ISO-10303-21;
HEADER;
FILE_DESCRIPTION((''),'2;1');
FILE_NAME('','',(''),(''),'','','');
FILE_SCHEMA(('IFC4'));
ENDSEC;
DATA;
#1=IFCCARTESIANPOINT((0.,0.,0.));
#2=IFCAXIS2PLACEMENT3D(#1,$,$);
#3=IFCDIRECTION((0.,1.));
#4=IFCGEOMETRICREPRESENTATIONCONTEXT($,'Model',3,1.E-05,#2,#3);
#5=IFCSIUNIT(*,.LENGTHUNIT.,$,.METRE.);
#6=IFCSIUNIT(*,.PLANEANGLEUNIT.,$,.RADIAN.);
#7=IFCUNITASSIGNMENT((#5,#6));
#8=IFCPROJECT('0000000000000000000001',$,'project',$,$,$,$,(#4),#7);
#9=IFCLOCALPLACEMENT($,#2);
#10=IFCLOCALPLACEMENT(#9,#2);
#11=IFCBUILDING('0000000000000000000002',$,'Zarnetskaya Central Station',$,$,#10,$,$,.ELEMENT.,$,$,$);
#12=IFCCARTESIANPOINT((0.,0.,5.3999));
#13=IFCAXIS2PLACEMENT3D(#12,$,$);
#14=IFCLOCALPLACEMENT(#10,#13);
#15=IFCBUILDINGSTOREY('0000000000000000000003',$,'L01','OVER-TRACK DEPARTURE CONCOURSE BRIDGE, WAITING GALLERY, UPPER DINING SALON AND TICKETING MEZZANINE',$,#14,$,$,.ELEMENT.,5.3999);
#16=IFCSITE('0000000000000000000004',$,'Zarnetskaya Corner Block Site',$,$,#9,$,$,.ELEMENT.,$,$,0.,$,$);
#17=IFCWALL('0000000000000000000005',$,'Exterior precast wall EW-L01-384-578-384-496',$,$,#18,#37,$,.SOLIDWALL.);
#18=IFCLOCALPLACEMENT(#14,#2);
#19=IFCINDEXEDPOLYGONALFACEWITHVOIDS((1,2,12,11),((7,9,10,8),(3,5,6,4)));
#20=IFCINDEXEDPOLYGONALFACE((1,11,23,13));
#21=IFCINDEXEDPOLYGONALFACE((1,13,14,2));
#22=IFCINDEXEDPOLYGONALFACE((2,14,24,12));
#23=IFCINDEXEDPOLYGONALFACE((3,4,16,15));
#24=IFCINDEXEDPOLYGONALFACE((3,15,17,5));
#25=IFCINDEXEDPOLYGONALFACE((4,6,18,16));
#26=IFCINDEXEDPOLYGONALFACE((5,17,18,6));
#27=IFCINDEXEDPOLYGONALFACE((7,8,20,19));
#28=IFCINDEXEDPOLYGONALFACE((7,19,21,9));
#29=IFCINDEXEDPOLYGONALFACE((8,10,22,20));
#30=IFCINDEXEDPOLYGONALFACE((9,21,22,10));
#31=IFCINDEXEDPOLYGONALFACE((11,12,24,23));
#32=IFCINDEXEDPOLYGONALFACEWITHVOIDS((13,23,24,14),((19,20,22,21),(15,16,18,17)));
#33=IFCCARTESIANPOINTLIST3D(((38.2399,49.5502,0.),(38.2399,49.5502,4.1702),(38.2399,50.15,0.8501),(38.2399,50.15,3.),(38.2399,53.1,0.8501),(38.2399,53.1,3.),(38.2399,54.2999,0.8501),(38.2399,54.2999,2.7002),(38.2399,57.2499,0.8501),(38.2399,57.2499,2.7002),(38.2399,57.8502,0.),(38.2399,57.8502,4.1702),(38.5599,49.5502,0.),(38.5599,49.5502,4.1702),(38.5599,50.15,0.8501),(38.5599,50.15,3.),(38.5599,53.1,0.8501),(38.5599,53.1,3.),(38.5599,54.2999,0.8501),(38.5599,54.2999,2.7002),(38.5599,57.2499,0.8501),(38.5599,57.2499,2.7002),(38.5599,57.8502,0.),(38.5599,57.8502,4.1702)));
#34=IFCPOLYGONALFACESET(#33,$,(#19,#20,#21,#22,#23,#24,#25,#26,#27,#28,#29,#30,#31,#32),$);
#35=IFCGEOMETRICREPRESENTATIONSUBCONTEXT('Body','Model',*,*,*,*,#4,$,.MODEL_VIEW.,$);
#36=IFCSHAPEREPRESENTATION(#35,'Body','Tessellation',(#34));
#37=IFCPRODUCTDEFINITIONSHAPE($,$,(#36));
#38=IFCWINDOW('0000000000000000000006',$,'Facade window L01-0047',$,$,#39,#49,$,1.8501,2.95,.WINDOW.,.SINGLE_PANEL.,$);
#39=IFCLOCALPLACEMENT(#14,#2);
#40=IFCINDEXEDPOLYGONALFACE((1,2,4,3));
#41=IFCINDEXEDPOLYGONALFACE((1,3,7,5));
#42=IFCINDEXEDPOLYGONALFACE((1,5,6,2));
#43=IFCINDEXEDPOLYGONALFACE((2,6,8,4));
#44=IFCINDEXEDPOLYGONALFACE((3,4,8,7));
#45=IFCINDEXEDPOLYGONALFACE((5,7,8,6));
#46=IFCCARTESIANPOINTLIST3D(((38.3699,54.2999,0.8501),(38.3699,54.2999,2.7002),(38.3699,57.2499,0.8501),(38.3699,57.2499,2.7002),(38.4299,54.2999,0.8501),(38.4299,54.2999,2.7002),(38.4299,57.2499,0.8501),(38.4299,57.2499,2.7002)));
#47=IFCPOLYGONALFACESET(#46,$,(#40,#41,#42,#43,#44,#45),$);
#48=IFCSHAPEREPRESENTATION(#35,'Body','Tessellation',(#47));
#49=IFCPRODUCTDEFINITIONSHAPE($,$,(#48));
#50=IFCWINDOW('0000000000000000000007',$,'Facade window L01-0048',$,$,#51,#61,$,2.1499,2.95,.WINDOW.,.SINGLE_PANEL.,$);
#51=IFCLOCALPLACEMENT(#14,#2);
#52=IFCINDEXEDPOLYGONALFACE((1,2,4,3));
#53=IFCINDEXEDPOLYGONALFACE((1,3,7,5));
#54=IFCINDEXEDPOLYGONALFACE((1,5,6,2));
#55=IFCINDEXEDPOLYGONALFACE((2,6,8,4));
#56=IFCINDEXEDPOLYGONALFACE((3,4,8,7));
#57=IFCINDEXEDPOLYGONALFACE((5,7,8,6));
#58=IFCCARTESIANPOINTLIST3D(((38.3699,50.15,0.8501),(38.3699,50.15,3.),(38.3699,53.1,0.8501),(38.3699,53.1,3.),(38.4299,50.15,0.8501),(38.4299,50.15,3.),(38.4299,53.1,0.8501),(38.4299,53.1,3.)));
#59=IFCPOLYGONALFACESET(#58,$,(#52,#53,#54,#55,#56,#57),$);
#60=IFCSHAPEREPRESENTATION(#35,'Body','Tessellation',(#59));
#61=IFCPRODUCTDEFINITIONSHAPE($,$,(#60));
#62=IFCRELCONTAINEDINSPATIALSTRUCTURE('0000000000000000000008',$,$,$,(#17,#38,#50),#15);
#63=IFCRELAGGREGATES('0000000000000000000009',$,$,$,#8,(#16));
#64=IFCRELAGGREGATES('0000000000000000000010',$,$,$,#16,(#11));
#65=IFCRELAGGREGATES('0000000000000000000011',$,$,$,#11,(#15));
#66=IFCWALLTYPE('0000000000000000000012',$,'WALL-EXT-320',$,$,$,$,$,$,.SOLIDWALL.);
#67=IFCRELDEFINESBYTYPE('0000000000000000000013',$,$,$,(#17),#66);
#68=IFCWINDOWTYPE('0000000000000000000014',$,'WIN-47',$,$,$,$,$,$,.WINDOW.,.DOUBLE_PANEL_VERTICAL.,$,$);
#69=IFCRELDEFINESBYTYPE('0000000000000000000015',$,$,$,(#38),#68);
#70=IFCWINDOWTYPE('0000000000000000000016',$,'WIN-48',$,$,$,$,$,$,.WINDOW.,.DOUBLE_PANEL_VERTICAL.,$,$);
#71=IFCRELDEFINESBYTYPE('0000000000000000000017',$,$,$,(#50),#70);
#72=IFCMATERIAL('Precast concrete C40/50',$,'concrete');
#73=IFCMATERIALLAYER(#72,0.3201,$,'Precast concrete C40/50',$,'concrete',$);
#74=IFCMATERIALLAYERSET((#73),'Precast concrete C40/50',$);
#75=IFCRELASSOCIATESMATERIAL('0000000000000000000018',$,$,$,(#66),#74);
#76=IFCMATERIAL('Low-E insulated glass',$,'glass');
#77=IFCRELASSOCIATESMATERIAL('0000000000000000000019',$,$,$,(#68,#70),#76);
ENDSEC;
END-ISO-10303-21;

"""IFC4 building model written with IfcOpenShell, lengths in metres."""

from ifc_helpers import new_model, si_unit, direction, frame, frame_2d, origin, place, context, subcontext, project, spatial, rectangle, extrude, material, layer, layer_set, type_object, element, fill, save


model = new_model("IFC4")

# Units and contexts
model_context = context("Model", 3, precision=1e-05, world=origin(), true_north=direction((0.0, 1.0)))
body_context = subcontext(model_context, "Body", "Model", "MODEL_VIEW")
ifc_project = project(units=[si_unit("LENGTHUNIT", "METRE"), si_unit("PLANEANGLEUNIT", "RADIAN")], contexts=[model_context])

# Site, building, storey
site_placement = place(None, origin())
site = spatial("IfcSite", under=ifc_project, at=site_placement, Name="Zarnetskaya Corner Block Site", CompositionType="ELEMENT", RefElevation=0.0)
building_placement = place(site_placement, origin())
building = spatial("IfcBuilding", under=site, at=building_placement, Name="Zarnetskaya Central Station", CompositionType="ELEMENT")
storey_placement = place(building_placement, frame((0.0, 0.0, 5.3999)))
storey = spatial("IfcBuildingStorey", under=building, at=storey_placement, Name="L01", Description="OVER-TRACK DEPARTURE CONCOURSE BRIDGE, WAITING GALLERY, UPPER DINING SALON AND TICKETING MEZZANINE", CompositionType="ELEMENT", Elevation=5.3999)

# Shared definitions
ifc_material_1 = material(Name="Low-E insulated glass", Category="glass")

# Wall, openings, windows
ifc_material_2 = material(Name="Precast concrete C40/50", Category="concrete")
ifc_layer_1 = layer(ifc_material_2, 0.3201, Name="Precast concrete C40/50", Category="concrete")
ifc_layer_set_1 = layer_set([ifc_layer_1], Name="Precast concrete C40/50")
wall_type = type_object("IfcWallType", Name="WALL-EXT-320", PredefinedType="SOLIDWALL", material=ifc_layer_set_1)
wall_placement = place(storey_placement, frame((38.3999, 57.8501, 0.0), z_axis=(0.0, 0.0, 1.0), x_axis=(0.0, -1.0, 0.0)))
wall = element("IfcWall", 1, at=wall_placement, inside=storey, type_object=wall_type, Name="Exterior precast wall EW-L01-384-578-384-496", PredefinedType="SOLIDWALL", context=body_context, shape_type="SweptSolid", body=[
    extrude(rectangle(XDim=8.3, YDim=0.3201, at=frame_2d((4.1499, 0.0))), origin(), (0.0, 0.0, 1.0), 4.1702),
])
opening_1_placement = place(wall_placement, frame((0.6001, 0.0, 0.8501)))
opening_1 = element("IfcOpeningElement", 2, at=opening_1_placement, cuts=wall, PredefinedType="OPENING", context=body_context, shape_type="SweptSolid", body=[
    extrude(rectangle(XDim=2.95, YDim=1.8501, at=frame_2d((1.4751, 0.925))), frame((0.0, 0.1699, 0.0), z_axis=(0.0, -1.0, 0.0), x_axis=(1.0, 0.0, 0.0)), (0.0, 0.0, 1.0), 0.3401),
])
opening_2_placement = place(wall_placement, frame((4.75, 0.0, 0.8501)))
opening_2 = element("IfcOpeningElement", 3, at=opening_2_placement, cuts=wall, PredefinedType="OPENING", context=body_context, shape_type="SweptSolid", body=[
    extrude(rectangle(XDim=2.95, YDim=2.1499, at=frame_2d((1.4751, 1.075))), frame((0.0, 0.1699, 0.0), z_axis=(0.0, -1.0, 0.0), x_axis=(1.0, 0.0, 0.0)), (0.0, 0.0, 1.0), 0.3401),
])
window_type_1 = type_object("IfcWindowType", Name="WIN-47", PartitioningType="DOUBLE_PANEL_VERTICAL", PredefinedType="WINDOW", material=ifc_material_1)
window_1_placement = place(opening_1_placement, origin())
window_1 = element("IfcWindow", 4, at=window_1_placement, inside=storey, type_object=window_type_1, Name="Facade window L01-0047", OverallHeight=1.8501, OverallWidth=2.95, PartitioningType="SINGLE_PANEL", PredefinedType="WINDOW", context=body_context, shape_type="SweptSolid", body=[
    extrude(rectangle(XDim=2.95, YDim=1.8501, at=frame_2d((1.4751, 0.925))), frame((0.0, 0.03, 0.0), z_axis=(0.0, -1.0, 0.0), x_axis=(1.0, 0.0, 0.0)), (0.0, 0.0, 1.0), 0.0601),
])
fill(opening_1, window_1)
window_type_2 = type_object("IfcWindowType", Name="WIN-48", PartitioningType="DOUBLE_PANEL_VERTICAL", PredefinedType="WINDOW", material=ifc_material_1)
window_2_placement = place(opening_2_placement, origin())
window_2 = element("IfcWindow", 5, at=window_2_placement, inside=storey, type_object=window_type_2, Name="Facade window L01-0048", OverallHeight=2.1499, OverallWidth=2.95, PartitioningType="SINGLE_PANEL", PredefinedType="WINDOW", context=body_context, shape_type="SweptSolid", body=[
    extrude(rectangle(XDim=2.95, YDim=2.1499, at=frame_2d((1.4751, 1.075))), frame((0.0, 0.03, 0.0), z_axis=(0.0, -1.0, 0.0), x_axis=(1.0, 0.0, 0.0)), (0.0, 0.0, 1.0), 0.0601),
])
fill(opening_2, window_2)

save(model, "model.ifc")
